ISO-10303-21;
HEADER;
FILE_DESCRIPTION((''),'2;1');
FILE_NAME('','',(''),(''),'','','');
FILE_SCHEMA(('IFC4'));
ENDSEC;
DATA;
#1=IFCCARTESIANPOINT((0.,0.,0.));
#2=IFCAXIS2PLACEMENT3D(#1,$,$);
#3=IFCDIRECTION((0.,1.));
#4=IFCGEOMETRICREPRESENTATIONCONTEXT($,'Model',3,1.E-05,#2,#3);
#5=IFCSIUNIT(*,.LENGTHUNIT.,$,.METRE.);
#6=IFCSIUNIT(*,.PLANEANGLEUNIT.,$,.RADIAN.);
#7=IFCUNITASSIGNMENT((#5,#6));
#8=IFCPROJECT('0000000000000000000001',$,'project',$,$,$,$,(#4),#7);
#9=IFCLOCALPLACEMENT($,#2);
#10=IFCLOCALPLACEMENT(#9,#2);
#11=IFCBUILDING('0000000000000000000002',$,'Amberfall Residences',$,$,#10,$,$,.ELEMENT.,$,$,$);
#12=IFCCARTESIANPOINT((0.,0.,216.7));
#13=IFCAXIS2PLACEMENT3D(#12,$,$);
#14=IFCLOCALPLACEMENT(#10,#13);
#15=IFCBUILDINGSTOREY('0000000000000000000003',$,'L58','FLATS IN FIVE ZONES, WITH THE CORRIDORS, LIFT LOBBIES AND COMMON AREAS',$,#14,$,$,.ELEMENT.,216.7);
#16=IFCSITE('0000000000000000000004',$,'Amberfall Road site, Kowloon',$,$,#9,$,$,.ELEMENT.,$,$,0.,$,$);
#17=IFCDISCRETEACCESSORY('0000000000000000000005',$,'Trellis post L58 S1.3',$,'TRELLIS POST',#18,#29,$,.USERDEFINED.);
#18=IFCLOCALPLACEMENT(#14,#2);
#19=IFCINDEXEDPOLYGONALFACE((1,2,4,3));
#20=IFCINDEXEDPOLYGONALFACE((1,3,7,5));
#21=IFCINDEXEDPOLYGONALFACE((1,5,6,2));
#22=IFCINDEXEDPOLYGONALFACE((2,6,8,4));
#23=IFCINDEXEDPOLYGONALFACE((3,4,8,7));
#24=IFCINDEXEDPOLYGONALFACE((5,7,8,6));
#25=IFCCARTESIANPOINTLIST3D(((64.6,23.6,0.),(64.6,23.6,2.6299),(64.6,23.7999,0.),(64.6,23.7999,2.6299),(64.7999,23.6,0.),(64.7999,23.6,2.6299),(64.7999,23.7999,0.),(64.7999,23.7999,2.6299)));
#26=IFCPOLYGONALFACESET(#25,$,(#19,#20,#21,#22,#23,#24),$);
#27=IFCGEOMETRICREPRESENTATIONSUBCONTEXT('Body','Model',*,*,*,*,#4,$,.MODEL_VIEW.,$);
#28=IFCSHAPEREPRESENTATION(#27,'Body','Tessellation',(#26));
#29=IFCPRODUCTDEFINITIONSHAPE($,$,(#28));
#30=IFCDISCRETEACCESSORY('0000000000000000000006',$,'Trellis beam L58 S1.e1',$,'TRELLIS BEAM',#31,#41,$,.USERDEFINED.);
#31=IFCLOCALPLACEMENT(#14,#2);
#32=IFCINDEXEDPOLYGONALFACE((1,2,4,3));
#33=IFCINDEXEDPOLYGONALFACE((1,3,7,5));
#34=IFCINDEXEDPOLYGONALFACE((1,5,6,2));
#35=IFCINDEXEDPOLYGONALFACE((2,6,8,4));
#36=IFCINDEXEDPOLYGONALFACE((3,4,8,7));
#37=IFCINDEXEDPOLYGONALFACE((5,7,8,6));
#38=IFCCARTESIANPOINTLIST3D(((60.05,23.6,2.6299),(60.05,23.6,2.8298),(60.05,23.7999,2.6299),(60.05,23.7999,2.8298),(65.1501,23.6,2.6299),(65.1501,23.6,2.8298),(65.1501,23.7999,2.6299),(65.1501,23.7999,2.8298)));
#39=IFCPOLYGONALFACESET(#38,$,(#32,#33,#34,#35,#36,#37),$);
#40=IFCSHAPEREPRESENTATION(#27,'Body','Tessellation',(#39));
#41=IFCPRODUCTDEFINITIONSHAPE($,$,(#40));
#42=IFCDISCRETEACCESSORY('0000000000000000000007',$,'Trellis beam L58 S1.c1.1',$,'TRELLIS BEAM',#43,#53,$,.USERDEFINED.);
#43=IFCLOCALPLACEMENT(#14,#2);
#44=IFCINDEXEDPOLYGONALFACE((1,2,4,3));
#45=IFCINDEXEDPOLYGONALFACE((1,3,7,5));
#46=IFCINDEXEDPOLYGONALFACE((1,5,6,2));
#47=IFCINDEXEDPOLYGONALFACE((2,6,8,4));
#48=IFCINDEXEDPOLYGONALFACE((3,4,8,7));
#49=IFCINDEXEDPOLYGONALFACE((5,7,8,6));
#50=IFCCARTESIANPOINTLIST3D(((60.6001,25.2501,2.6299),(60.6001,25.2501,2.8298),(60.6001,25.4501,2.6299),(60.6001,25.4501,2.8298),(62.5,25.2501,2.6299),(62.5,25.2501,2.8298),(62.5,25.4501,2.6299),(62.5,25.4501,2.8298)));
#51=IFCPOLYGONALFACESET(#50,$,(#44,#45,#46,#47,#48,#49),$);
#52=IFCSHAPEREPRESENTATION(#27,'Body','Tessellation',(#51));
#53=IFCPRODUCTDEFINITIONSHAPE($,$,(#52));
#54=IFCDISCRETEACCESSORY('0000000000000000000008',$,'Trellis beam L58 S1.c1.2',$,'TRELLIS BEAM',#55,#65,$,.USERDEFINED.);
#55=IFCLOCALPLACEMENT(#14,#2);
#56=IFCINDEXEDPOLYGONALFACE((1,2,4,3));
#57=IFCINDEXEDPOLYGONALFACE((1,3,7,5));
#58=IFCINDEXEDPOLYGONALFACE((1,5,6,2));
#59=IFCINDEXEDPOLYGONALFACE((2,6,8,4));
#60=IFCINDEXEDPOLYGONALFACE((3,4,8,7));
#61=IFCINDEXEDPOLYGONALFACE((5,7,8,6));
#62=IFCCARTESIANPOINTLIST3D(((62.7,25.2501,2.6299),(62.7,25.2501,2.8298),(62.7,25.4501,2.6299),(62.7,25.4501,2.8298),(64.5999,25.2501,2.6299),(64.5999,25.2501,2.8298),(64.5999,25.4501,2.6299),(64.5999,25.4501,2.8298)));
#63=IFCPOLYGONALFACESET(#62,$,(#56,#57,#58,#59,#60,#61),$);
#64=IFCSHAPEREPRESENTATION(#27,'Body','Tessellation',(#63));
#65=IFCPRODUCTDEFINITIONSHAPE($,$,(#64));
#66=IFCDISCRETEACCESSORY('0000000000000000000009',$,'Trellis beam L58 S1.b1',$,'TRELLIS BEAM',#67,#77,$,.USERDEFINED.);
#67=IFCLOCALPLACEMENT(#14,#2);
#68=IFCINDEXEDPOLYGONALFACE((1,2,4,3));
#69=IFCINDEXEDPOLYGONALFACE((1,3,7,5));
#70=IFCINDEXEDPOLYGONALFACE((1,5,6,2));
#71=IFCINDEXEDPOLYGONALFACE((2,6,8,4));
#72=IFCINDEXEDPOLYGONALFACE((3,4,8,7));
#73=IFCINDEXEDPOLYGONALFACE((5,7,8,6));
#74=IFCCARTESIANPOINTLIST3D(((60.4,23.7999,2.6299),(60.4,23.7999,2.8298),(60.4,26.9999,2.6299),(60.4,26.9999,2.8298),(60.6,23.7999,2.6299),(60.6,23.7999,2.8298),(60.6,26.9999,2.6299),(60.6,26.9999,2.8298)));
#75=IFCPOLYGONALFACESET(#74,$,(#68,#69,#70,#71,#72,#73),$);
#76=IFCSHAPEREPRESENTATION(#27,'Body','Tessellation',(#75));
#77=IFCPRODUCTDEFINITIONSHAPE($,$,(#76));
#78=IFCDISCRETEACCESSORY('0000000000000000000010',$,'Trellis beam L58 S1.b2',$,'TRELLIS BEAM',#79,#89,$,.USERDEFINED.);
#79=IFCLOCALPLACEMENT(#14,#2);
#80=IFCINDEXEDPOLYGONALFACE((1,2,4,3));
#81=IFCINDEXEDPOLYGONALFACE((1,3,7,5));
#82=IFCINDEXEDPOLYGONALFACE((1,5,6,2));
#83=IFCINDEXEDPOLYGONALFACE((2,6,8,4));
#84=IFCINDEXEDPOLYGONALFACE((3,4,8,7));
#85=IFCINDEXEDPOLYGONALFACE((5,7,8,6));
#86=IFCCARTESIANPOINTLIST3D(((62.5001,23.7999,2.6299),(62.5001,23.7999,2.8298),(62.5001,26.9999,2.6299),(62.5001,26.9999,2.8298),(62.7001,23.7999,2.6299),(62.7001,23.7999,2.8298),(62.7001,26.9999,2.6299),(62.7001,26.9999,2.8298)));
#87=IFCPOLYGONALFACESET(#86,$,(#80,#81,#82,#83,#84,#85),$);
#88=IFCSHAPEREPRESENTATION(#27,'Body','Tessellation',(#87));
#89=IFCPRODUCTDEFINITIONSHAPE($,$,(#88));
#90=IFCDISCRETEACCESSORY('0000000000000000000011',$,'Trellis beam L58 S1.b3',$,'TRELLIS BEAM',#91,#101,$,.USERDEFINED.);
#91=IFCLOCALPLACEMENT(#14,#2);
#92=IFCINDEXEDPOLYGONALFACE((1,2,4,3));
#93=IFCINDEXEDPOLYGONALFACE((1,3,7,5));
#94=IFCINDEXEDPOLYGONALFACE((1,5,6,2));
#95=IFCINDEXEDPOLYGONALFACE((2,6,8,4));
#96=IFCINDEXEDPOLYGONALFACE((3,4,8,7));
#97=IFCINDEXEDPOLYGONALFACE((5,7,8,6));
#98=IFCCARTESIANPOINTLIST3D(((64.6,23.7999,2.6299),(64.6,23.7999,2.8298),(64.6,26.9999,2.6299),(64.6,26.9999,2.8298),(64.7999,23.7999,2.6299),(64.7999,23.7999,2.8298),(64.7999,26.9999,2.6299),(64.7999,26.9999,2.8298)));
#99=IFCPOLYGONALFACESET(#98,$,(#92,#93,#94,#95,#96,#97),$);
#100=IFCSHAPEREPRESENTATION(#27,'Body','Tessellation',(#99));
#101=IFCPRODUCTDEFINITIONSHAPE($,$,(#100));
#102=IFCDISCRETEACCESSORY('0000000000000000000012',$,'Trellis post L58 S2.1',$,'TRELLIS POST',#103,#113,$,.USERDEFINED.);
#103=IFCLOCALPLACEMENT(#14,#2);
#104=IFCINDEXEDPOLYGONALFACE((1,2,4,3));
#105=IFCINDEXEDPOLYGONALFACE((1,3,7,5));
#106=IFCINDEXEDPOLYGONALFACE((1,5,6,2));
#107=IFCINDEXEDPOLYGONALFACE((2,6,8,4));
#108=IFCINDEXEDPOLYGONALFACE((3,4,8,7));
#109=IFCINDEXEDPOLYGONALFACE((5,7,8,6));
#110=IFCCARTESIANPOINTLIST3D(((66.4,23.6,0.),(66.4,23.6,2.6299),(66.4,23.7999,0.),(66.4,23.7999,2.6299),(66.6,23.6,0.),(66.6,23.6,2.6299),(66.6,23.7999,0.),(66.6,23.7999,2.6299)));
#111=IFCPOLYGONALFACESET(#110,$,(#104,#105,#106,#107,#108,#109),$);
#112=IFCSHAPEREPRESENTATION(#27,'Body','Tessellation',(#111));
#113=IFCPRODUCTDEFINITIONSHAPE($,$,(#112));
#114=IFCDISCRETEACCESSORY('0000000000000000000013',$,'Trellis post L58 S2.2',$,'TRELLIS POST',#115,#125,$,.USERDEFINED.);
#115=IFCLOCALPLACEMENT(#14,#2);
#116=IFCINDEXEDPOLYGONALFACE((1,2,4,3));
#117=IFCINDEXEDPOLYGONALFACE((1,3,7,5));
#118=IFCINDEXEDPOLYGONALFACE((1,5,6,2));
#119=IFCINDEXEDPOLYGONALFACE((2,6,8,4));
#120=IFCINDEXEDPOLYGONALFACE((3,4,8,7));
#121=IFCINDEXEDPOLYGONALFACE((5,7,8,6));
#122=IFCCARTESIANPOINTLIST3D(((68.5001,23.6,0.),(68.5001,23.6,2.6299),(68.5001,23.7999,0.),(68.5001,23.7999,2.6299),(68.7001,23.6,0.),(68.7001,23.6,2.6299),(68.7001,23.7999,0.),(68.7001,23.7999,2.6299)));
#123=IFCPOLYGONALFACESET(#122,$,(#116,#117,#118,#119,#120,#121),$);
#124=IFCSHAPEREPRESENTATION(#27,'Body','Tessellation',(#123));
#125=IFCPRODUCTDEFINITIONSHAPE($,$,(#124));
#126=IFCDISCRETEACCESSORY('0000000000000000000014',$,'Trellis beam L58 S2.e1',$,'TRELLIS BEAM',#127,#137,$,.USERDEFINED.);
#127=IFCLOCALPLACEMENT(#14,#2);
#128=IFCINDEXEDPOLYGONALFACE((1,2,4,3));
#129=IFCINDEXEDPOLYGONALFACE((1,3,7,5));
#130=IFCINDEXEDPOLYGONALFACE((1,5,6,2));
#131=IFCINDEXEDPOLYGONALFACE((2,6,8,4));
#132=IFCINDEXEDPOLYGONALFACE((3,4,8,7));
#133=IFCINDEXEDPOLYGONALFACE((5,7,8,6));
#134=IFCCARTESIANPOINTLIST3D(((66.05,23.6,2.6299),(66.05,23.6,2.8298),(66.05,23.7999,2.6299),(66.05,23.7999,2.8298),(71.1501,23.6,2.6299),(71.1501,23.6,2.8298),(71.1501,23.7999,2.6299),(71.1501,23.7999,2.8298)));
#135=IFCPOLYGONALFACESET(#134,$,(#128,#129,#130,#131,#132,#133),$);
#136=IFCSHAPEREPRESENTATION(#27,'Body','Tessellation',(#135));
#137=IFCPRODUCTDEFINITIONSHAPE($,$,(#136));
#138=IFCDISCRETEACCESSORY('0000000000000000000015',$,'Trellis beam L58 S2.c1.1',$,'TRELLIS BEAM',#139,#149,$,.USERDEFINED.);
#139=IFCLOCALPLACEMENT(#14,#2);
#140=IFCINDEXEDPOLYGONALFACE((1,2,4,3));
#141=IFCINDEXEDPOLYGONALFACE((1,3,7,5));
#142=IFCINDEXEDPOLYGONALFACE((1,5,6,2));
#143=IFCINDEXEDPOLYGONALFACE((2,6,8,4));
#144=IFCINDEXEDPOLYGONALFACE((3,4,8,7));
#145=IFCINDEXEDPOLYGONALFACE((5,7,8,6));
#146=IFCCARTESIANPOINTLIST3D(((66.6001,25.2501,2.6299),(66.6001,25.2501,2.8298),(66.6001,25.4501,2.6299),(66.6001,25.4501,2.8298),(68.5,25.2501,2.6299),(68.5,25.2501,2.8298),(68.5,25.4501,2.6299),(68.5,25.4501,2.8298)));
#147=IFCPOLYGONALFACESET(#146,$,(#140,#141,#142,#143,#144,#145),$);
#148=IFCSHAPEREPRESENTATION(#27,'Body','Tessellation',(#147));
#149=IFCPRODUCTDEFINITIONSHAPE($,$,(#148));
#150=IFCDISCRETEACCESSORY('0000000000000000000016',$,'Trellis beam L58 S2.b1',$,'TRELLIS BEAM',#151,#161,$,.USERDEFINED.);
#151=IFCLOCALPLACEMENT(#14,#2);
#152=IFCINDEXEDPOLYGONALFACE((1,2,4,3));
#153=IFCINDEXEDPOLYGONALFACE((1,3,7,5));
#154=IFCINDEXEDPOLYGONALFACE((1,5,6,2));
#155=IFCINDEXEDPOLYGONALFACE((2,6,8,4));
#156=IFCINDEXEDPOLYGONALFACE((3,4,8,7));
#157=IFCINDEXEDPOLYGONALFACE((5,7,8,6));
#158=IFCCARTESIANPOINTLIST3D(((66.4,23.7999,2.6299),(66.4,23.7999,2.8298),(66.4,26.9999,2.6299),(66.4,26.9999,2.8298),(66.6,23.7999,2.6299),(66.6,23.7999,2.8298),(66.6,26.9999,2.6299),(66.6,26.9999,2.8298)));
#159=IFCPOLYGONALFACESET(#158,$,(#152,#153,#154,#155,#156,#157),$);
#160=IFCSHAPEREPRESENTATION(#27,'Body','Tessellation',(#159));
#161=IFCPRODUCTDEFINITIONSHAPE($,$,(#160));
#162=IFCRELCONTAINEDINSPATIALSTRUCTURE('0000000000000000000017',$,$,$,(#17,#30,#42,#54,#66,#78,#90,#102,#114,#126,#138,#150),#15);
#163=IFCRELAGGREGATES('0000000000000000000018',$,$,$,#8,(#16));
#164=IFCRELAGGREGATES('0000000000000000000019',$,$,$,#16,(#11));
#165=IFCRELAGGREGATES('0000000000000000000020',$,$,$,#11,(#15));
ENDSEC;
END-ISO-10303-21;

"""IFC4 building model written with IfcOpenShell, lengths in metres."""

from ifc_helpers import new_model, si_unit, direction, frame, origin, origin_2d, place, context, subcontext, project, spatial, rectangle, extrude, element, save


model = new_model("IFC4")

# Units and contexts
model_context = context("Model", 3, precision=1e-05, world=origin(), true_north=direction((0.0, 1.0)))
body_context = subcontext(model_context, "Body", "Model", "MODEL_VIEW")
ifc_project = project(units=[si_unit("LENGTHUNIT", "METRE"), si_unit("PLANEANGLEUNIT", "RADIAN")], contexts=[model_context])

# Site, building, storey
site_placement = place(None, origin())
site = spatial("IfcSite", under=ifc_project, at=site_placement, Name="Amberfall Road site, Kowloon", CompositionType="ELEMENT", RefElevation=0.0)
building_placement = place(site_placement, origin())
building = spatial("IfcBuilding", under=site, at=building_placement, Name="Amberfall Residences", CompositionType="ELEMENT")
storey_placement = place(building_placement, frame((0.0, 0.0, 216.7)))
storey = spatial("IfcBuildingStorey", under=building, at=storey_placement, Name="L58", Description="FLATS IN FIVE ZONES, WITH THE CORRIDORS, LIFT LOBBIES AND COMMON AREAS", CompositionType="ELEMENT", Elevation=216.7)

# Discrete accessories
for number, where, z_axis, x_axis, name in (
    (1, (64.7, 23.7, 0.0), (0.0, 0.0, 1.0), (1.0, 0.0, 0.0), "Trellis post L58 S1.3"),
):
    element("IfcDiscreteAccessory", number, at=place(storey_placement, frame(where, z_axis=z_axis, x_axis=x_axis)), inside=storey, Name=name, ObjectType="TRELLIS POST", PredefinedType="USERDEFINED", context=body_context, shape_type="SweptSolid", body=[
        extrude(rectangle(XDim=0.2, YDim=0.2, at=origin_2d()), origin(), (0.0, 0.0, 1.0), 2.6299),
    ])
discrete_accessory_1_placement = place(storey_placement, frame((62.6001, 23.7, 2.6299), z_axis=(0.0, 0.0, 1.0), x_axis=(1.0, 0.0, 0.0)))
element("IfcDiscreteAccessory", 2, at=discrete_accessory_1_placement, inside=storey, Name="Trellis beam L58 S1.e1", ObjectType="TRELLIS BEAM", PredefinedType="USERDEFINED", context=body_context, shape_type="SweptSolid", body=[
    extrude(rectangle(XDim=5.1001, YDim=0.2, at=origin_2d()), origin(), (0.0, 0.0, 1.0), 0.2),
])
for number, where, z_axis, x_axis, name in (
    (3, (61.55, 25.3501, 2.6299), (0.0, 0.0, 1.0), (1.0, 0.0, 0.0), "Trellis beam L58 S1.c1.1"),
    (4, (63.6499, 25.3501, 2.6299), (0.0, 0.0, 1.0), (1.0, 0.0, 0.0), "Trellis beam L58 S1.c1.2"),
):
    element("IfcDiscreteAccessory", number, at=place(storey_placement, frame(where, z_axis=z_axis, x_axis=x_axis)), inside=storey, Name=name, ObjectType="TRELLIS BEAM", PredefinedType="USERDEFINED", context=body_context, shape_type="SweptSolid", body=[
        extrude(rectangle(XDim=1.8999, YDim=0.2, at=origin_2d()), origin(), (0.0, 0.0, 1.0), 0.2),
    ])
for number, where, z_axis, x_axis, name in (
    (5, (60.5, 25.3999, 2.6299), (0.0, 0.0, 1.0), (0.0, 1.0, 0.0), "Trellis beam L58 S1.b1"),
    (6, (62.6001, 25.3999, 2.6299), (0.0, 0.0, 1.0), (0.0, 1.0, 0.0), "Trellis beam L58 S1.b2"),
    (7, (64.7, 25.3999, 2.6299), (0.0, 0.0, 1.0), (0.0, 1.0, 0.0), "Trellis beam L58 S1.b3"),
):
    element("IfcDiscreteAccessory", number, at=place(storey_placement, frame(where, z_axis=z_axis, x_axis=x_axis)), inside=storey, Name=name, ObjectType="TRELLIS BEAM", PredefinedType="USERDEFINED", context=body_context, shape_type="SweptSolid", body=[
        extrude(rectangle(XDim=3.2, YDim=0.2, at=origin_2d()), origin(), (0.0, 0.0, 1.0), 0.2),
    ])
for number, where, z_axis, x_axis, name in (
    (8, (66.5, 23.7, 0.0), (0.0, 0.0, 1.0), (1.0, 0.0, 0.0), "Trellis post L58 S2.1"),
    (9, (68.6001, 23.7, 0.0), (0.0, 0.0, 1.0), (1.0, 0.0, 0.0), "Trellis post L58 S2.2"),
):
    element("IfcDiscreteAccessory", number, at=place(storey_placement, frame(where, z_axis=z_axis, x_axis=x_axis)), inside=storey, Name=name, ObjectType="TRELLIS POST", PredefinedType="USERDEFINED", context=body_context, shape_type="SweptSolid", body=[
        extrude(rectangle(XDim=0.2, YDim=0.2, at=origin_2d()), origin(), (0.0, 0.0, 1.0), 2.6299),
    ])
discrete_accessory_2_placement = place(storey_placement, frame((68.6001, 23.7, 2.6299), z_axis=(0.0, 0.0, 1.0), x_axis=(1.0, 0.0, 0.0)))
element("IfcDiscreteAccessory", 10, at=discrete_accessory_2_placement, inside=storey, Name="Trellis beam L58 S2.e1", ObjectType="TRELLIS BEAM", PredefinedType="USERDEFINED", context=body_context, shape_type="SweptSolid", body=[
    extrude(rectangle(XDim=5.1001, YDim=0.2, at=origin_2d()), origin(), (0.0, 0.0, 1.0), 0.2),
])
discrete_accessory_3_placement = place(storey_placement, frame((67.55, 25.3501, 2.6299), z_axis=(0.0, 0.0, 1.0), x_axis=(1.0, 0.0, 0.0)))
element("IfcDiscreteAccessory", 11, at=discrete_accessory_3_placement, inside=storey, Name="Trellis beam L58 S2.c1.1", ObjectType="TRELLIS BEAM", PredefinedType="USERDEFINED", context=body_context, shape_type="SweptSolid", body=[
    extrude(rectangle(XDim=1.8999, YDim=0.2, at=origin_2d()), origin(), (0.0, 0.0, 1.0), 0.2),
])
discrete_accessory_4_placement = place(storey_placement, frame((66.5, 25.3999, 2.6299), z_axis=(0.0, 0.0, 1.0), x_axis=(0.0, 1.0, 0.0)))
element("IfcDiscreteAccessory", 12, at=discrete_accessory_4_placement, inside=storey, Name="Trellis beam L58 S2.b1", ObjectType="TRELLIS BEAM", PredefinedType="USERDEFINED", context=body_context, shape_type="SweptSolid", body=[
    extrude(rectangle(XDim=3.2, YDim=0.2, at=origin_2d()), origin(), (0.0, 0.0, 1.0), 0.2),
])

save(model, "model.ifc")
